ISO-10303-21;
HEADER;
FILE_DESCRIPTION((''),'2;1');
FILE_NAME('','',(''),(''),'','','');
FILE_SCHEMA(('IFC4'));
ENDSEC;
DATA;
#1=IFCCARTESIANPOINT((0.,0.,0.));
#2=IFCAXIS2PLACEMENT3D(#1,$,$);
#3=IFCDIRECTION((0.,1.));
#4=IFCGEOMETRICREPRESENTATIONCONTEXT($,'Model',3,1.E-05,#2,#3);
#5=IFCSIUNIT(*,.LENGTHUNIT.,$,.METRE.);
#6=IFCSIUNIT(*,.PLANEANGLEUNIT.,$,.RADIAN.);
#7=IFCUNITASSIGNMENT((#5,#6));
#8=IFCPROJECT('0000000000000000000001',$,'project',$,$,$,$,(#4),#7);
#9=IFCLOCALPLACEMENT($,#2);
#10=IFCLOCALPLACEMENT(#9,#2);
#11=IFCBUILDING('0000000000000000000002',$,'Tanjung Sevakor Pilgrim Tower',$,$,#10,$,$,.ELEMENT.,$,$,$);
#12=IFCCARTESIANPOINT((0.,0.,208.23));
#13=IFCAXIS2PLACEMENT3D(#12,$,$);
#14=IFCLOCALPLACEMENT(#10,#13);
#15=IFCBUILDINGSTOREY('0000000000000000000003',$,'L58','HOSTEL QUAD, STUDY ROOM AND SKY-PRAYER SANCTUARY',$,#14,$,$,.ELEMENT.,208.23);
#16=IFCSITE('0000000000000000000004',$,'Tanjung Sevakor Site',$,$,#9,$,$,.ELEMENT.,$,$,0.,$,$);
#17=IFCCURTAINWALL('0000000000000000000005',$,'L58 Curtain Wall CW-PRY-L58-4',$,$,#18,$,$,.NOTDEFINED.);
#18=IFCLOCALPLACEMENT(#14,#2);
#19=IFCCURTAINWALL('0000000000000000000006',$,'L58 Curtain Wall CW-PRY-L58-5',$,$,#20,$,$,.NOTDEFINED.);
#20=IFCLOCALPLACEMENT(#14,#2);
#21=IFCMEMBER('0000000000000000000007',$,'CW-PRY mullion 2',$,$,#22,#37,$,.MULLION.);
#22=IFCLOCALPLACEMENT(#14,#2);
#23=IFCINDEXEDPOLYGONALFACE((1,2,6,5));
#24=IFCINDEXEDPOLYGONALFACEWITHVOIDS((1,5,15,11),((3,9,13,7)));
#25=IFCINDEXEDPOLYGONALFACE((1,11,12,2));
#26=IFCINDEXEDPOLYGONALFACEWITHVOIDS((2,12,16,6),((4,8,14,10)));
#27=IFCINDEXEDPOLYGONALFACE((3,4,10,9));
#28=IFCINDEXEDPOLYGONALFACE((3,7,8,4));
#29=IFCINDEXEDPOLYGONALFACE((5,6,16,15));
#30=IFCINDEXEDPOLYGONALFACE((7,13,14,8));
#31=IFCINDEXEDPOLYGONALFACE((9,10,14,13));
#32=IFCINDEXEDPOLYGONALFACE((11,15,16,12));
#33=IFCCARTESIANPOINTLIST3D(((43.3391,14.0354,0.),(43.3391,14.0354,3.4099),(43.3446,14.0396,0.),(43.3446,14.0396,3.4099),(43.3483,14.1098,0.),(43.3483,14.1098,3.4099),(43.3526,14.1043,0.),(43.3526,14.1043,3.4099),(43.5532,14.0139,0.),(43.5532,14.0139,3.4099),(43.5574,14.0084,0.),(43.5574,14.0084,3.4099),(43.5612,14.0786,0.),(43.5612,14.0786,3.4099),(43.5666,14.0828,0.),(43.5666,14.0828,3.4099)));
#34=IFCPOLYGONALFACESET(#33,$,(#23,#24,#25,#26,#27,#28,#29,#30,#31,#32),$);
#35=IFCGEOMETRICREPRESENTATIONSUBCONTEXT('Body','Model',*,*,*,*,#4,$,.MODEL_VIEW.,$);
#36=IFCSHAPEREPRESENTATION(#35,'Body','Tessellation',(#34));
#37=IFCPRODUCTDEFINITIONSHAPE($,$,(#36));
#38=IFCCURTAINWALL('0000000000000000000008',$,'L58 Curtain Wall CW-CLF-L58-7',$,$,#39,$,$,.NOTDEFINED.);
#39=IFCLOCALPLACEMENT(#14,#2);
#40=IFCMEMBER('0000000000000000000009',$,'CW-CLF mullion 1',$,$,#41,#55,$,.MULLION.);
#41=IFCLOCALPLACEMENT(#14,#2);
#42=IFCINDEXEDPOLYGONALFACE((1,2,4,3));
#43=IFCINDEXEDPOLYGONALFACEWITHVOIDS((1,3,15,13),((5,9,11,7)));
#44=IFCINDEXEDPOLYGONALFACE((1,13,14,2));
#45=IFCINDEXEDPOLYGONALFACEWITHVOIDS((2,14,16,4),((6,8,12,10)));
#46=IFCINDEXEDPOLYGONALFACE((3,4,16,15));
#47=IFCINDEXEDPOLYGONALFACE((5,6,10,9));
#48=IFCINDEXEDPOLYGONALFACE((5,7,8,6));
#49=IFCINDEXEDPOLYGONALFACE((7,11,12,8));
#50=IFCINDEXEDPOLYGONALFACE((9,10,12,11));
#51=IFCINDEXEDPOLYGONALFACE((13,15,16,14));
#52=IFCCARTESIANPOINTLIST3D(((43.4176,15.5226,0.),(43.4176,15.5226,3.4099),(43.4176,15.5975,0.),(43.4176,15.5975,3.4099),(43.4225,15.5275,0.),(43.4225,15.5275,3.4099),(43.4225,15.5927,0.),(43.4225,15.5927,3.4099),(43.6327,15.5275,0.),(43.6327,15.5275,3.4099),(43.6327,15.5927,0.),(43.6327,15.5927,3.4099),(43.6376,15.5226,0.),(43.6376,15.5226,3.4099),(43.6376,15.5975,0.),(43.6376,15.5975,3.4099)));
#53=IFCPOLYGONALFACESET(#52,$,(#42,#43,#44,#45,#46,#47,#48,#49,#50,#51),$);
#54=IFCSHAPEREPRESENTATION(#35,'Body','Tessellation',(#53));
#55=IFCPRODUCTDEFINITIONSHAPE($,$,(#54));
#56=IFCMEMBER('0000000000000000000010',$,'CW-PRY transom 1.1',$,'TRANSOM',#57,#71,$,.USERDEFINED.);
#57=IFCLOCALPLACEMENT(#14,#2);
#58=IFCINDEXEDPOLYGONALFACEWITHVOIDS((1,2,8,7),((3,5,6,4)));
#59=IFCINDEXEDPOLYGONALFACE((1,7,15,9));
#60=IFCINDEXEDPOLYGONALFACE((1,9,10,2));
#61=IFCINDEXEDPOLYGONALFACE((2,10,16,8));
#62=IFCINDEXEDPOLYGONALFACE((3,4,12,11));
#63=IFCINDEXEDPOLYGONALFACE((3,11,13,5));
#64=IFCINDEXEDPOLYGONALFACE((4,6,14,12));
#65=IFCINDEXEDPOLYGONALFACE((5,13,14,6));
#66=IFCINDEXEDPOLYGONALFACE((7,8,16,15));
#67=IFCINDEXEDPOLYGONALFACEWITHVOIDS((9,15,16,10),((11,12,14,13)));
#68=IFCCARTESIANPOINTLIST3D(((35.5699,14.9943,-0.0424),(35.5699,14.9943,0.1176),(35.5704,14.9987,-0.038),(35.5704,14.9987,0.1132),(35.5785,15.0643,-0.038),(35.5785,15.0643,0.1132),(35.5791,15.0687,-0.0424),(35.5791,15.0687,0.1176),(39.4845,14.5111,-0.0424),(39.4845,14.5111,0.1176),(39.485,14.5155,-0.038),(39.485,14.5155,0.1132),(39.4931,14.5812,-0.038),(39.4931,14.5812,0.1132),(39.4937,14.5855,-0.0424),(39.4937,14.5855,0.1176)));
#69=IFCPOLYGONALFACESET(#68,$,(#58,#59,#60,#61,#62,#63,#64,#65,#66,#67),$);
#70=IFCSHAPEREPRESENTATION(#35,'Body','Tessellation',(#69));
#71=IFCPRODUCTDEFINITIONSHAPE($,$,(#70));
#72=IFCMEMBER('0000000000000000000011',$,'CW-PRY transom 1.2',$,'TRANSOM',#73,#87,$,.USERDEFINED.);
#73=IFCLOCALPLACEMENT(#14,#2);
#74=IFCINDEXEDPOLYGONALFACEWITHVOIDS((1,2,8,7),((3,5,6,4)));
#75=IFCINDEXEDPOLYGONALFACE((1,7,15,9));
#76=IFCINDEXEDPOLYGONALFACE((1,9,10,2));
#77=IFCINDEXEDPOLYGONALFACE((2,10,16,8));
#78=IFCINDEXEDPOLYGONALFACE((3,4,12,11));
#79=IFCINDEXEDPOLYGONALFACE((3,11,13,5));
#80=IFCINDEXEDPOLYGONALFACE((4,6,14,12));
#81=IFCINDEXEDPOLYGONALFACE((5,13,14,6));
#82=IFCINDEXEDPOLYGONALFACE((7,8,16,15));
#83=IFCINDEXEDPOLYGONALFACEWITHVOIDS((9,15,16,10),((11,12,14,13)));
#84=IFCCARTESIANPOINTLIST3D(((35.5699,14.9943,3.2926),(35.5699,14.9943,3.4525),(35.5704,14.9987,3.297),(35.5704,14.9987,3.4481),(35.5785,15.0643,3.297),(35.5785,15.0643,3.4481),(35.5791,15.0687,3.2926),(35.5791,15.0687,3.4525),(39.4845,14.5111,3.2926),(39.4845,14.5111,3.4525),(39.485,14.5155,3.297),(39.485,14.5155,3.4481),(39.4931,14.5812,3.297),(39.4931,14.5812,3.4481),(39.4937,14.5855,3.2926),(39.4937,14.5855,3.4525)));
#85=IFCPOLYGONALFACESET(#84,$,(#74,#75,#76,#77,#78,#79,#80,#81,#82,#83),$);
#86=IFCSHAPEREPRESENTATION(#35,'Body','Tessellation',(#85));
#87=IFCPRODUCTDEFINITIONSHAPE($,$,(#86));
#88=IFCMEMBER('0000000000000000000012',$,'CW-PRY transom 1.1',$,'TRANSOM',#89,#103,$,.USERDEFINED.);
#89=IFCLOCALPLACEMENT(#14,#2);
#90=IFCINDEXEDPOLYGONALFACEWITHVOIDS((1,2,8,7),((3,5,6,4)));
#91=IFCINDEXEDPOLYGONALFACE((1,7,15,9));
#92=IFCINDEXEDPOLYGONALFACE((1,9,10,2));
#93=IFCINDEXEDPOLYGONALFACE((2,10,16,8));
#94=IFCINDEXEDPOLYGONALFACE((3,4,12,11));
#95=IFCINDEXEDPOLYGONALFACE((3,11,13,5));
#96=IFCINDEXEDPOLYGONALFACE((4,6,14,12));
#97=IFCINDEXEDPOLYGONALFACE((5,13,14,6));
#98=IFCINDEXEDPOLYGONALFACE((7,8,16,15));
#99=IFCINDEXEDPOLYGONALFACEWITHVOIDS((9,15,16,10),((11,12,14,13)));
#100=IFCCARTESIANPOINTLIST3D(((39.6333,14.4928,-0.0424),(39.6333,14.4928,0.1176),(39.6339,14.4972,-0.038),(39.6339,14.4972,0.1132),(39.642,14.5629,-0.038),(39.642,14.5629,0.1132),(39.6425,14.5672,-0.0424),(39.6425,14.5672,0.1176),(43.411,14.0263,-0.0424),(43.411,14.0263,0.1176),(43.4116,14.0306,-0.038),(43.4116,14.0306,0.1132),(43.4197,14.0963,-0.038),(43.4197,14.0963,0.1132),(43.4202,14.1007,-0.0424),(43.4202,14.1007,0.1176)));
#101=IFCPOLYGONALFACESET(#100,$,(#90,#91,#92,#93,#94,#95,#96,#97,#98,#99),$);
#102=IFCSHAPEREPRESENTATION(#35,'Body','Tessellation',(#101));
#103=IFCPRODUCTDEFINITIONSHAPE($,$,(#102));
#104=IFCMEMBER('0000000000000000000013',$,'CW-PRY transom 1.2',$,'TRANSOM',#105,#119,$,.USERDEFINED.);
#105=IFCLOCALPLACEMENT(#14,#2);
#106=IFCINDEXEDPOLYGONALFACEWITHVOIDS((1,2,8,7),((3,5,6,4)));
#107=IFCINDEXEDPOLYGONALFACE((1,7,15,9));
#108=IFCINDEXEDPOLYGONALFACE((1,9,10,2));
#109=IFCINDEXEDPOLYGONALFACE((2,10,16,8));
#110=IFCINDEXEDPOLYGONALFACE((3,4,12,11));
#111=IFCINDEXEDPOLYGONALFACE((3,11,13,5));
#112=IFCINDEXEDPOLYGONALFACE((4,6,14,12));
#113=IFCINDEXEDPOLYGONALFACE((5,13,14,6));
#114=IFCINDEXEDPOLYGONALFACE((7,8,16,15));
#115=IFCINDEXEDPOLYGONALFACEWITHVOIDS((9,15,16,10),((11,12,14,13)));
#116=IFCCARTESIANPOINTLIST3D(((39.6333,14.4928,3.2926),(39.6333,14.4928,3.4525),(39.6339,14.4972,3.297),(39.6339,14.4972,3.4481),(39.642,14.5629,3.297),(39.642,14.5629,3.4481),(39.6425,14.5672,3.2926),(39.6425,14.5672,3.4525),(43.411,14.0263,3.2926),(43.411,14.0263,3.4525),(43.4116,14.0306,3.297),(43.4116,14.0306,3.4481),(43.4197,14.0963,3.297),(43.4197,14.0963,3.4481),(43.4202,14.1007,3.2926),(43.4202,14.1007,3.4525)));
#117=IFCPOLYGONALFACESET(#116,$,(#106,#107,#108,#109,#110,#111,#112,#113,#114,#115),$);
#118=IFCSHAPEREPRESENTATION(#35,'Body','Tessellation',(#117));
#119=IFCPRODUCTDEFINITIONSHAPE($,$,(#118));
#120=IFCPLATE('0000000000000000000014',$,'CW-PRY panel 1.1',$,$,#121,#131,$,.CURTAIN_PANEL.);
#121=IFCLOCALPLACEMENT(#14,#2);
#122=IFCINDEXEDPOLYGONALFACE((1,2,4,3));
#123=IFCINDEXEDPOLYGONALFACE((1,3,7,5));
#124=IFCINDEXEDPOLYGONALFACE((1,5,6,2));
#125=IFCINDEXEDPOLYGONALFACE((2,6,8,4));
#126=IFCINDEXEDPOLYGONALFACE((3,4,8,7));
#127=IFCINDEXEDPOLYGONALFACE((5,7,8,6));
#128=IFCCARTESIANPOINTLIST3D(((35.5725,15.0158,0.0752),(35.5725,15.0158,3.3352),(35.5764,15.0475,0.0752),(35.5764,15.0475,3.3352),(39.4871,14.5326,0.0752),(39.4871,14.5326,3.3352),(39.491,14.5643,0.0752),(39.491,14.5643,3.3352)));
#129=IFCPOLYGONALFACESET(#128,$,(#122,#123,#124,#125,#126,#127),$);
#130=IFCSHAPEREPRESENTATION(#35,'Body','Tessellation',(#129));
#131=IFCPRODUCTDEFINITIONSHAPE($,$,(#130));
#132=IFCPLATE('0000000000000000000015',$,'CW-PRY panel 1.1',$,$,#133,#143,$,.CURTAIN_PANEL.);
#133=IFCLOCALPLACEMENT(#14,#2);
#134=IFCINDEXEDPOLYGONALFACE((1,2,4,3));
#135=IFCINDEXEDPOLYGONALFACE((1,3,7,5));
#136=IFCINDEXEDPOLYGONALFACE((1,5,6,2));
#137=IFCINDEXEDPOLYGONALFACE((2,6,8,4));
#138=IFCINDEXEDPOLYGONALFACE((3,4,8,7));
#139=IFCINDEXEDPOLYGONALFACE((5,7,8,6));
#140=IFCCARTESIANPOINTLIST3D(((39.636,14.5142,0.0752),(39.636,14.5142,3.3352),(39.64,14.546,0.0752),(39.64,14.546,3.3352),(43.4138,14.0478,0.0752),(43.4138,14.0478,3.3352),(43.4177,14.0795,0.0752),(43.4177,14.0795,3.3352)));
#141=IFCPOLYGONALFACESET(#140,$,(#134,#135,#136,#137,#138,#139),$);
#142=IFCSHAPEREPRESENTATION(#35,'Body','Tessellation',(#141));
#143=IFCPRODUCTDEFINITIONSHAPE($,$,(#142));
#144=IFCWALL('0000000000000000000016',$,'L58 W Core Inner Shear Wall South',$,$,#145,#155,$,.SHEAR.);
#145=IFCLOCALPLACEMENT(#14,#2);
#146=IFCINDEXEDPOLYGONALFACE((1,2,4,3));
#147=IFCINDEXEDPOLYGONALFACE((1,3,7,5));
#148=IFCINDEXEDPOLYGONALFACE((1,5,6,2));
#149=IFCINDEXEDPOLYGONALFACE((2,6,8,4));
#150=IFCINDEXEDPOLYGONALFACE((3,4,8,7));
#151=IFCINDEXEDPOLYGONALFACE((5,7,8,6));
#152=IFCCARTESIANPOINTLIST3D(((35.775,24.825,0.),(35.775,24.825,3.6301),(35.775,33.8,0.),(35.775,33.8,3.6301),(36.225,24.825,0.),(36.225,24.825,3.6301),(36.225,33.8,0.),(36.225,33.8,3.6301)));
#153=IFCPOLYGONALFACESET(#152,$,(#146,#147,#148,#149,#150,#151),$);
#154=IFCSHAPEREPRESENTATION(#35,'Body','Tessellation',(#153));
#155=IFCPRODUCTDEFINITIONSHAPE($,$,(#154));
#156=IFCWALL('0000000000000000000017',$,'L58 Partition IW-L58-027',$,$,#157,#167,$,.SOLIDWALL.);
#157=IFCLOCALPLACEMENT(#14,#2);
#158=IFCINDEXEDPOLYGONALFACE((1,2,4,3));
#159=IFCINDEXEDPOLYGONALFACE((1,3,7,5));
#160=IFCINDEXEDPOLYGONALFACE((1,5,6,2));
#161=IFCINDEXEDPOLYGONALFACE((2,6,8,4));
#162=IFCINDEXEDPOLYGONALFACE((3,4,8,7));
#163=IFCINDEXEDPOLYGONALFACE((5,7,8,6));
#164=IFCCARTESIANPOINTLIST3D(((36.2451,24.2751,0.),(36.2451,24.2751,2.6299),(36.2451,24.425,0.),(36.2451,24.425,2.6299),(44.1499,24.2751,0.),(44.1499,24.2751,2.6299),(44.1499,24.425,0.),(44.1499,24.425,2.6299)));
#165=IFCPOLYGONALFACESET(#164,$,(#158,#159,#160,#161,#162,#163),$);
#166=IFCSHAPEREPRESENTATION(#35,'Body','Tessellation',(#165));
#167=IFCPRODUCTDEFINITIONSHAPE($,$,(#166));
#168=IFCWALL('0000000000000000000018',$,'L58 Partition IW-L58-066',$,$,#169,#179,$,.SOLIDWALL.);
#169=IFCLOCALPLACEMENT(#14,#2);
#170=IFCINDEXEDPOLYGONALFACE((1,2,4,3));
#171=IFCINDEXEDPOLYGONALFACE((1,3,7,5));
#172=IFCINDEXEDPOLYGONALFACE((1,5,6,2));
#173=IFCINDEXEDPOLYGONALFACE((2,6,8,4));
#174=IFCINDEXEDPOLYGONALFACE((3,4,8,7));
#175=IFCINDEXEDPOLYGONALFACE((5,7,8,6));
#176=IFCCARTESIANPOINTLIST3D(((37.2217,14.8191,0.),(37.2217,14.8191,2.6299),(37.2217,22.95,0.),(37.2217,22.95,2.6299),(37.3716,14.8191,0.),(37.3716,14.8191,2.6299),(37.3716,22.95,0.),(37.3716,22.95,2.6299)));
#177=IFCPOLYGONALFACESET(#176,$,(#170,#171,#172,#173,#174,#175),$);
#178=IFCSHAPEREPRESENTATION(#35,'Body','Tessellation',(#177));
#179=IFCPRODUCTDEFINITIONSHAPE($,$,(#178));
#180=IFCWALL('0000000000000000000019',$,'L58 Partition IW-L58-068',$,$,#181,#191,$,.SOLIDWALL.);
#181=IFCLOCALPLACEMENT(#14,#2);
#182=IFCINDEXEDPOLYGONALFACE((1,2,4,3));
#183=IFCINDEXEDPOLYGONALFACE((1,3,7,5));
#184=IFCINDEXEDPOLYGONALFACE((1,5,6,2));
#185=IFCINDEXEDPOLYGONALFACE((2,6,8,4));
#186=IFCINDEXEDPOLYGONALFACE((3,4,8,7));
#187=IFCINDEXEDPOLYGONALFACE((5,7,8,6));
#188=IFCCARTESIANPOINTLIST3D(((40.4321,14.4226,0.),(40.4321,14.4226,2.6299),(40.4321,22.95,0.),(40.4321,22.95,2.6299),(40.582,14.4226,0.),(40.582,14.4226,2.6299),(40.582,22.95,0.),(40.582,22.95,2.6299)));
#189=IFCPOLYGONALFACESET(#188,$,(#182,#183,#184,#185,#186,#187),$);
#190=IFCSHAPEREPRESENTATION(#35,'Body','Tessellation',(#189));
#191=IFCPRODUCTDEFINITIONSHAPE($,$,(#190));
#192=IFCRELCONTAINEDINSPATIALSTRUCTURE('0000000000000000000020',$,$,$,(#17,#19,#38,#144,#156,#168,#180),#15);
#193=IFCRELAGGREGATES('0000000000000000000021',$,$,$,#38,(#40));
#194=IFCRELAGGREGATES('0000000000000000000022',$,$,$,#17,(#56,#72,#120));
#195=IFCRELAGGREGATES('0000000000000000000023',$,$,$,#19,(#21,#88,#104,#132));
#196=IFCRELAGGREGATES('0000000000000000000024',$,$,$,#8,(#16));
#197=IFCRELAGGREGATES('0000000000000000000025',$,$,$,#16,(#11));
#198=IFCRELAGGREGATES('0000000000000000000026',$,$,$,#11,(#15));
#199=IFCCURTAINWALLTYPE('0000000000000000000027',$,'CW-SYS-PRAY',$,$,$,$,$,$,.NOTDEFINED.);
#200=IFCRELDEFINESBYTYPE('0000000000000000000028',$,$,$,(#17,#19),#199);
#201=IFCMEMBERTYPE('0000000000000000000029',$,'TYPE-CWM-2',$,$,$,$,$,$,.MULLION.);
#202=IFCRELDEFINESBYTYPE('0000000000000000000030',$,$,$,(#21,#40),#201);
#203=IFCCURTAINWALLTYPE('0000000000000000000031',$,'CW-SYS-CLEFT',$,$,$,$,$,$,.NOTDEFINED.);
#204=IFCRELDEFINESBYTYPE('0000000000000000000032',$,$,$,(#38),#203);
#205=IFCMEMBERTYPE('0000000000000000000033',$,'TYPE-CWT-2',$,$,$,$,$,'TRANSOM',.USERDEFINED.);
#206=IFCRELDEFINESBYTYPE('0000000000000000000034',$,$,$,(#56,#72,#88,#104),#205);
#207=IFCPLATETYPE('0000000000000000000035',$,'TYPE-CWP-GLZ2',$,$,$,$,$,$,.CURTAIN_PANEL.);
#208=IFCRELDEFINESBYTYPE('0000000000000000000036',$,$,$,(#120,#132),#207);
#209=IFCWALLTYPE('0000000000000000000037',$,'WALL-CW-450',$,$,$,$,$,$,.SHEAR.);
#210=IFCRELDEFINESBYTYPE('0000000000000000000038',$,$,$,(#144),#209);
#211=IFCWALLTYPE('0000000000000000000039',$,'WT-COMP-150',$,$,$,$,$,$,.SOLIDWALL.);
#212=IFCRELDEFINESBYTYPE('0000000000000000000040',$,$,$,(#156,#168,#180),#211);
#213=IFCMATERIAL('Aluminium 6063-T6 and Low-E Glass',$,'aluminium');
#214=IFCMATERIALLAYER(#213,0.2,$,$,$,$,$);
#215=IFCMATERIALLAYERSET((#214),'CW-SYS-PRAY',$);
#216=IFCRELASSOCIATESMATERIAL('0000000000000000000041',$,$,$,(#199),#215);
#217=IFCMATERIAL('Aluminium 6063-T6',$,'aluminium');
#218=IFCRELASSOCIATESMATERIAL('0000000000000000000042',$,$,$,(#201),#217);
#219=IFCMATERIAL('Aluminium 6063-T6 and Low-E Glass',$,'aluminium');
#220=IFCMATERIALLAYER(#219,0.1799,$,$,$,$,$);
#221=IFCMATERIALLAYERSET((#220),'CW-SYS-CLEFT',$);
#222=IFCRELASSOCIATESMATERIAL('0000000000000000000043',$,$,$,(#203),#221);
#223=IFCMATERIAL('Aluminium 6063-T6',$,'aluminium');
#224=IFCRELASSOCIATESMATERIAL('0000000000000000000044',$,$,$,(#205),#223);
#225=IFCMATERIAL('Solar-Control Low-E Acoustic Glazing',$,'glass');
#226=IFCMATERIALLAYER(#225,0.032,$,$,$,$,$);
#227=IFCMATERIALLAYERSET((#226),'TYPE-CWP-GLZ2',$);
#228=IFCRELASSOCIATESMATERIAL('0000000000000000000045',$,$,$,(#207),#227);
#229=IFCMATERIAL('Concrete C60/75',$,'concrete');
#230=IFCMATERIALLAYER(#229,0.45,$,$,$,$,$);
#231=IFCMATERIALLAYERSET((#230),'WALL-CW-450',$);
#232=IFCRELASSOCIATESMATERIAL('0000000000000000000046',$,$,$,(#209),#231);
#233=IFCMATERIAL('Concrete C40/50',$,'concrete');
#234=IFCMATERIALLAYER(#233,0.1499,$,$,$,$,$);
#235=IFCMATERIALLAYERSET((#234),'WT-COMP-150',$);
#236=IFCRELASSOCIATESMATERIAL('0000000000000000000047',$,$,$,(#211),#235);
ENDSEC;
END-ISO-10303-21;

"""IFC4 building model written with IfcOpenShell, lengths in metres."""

from ifc_helpers import new_model, si_unit, direction, frame, frame_2d, origin, origin_2d, place, context, subcontext, project, spatial, rectangle, hollow_rectangle, extrude, material, layer, layer_set, material_profile, profile_set, type_object, element, aggregate, save


model = new_model("IFC4")

# Units and contexts
model_context = context("Model", 3, precision=1e-05, world=origin(), true_north=direction((0.0, 1.0)))
body_context = subcontext(model_context, "Body", "Model", "MODEL_VIEW")
ifc_project = project(units=[si_unit("LENGTHUNIT", "METRE"), si_unit("PLANEANGLEUNIT", "RADIAN")], contexts=[model_context])

# Site, building, storey
site_placement = place(None, origin())
site = spatial("IfcSite", under=ifc_project, at=site_placement, Name="Tanjung Sevakor Site", CompositionType="ELEMENT", RefElevation=0.0)
building_placement = place(site_placement, origin())
building = spatial("IfcBuilding", under=site, at=building_placement, Name="Tanjung Sevakor Pilgrim Tower", CompositionType="ELEMENT")
storey_placement = place(building_placement, frame((0.0, 0.0, 208.23)))
storey = spatial("IfcBuildingStorey", under=building, at=storey_placement, Name="L58", Description="HOSTEL QUAD, STUDY ROOM AND SKY-PRAYER SANCTUARY", CompositionType="ELEMENT", Elevation=208.23)

# Shared definitions
ifc_material_1 = material(Name="Aluminium 6063-T6 and Low-E Glass", Category="aluminium")
ifc_layer_1 = layer(ifc_material_1, 0.2)
ifc_layer_set_1 = layer_set([ifc_layer_1], Name="CW-SYS-PRAY")
curtain_wall_type_1 = type_object("IfcCurtainWallType", Name="CW-SYS-PRAY", PredefinedType="NOTDEFINED", material=ifc_layer_set_1)
ifc_material_2 = material(Name="Aluminium 6063-T6", Category="aluminium")
ifc_material_profile_1 = material_profile(ifc_material_2, hollow_rectangle(XDim=0.075, YDim=0.22, WallThickness=0.0049, at=origin_2d()))
ifc_profile_set_1 = profile_set([ifc_material_profile_1], Name="Aluminium 6063-T6")
member_type_1 = type_object("IfcMemberType", Name="TYPE-CWM-2", PredefinedType="MULLION", material=ifc_profile_set_1)

# Curtain walls, member
curtain_wall_1_placement = place(storey_placement, origin())
curtain_wall_1 = element("IfcCurtainWall", 1, at=curtain_wall_1_placement, inside=storey, type_object=curtain_wall_type_1, Name="L58 Curtain Wall CW-PRY-L58-4", PredefinedType="NOTDEFINED")
curtain_wall_2_placement = place(storey_placement, origin())
curtain_wall_2 = element("IfcCurtainWall", 2, at=curtain_wall_2_placement, inside=storey, type_object=curtain_wall_type_1, Name="L58 Curtain Wall CW-PRY-L58-5", PredefinedType="NOTDEFINED")
member_1_placement = place(storey_placement, frame((43.4529, 14.0591, 0.0), z_axis=(0.0, 0.0, 1.0), x_axis=(0.122538, 0.992464, 0.0)))
member_1 = element("IfcMember", 3, at=member_1_placement, type_object=member_type_1, Name="CW-PRY mullion 2", PredefinedType="MULLION", context=body_context, shape_type="SweptSolid", body=[
    extrude(hollow_rectangle(XDim=0.075, YDim=0.22, WallThickness=0.0049, at=origin_2d()), origin(), (0.0, 0.0, 1.0), 3.4099),
])

# Curtain wall, member
ifc_material_3 = material(Name="Aluminium 6063-T6 and Low-E Glass", Category="aluminium")
ifc_layer_2 = layer(ifc_material_3, 0.1799)
ifc_layer_set_2 = layer_set([ifc_layer_2], Name="CW-SYS-CLEFT")
curtain_wall_type_2 = type_object("IfcCurtainWallType", Name="CW-SYS-CLEFT", PredefinedType="NOTDEFINED", material=ifc_layer_set_2)
curtain_wall_3_placement = place(storey_placement, origin())
curtain_wall_3 = element("IfcCurtainWall", 4, at=curtain_wall_3_placement, inside=storey, type_object=curtain_wall_type_2, Name="L58 Curtain Wall CW-CLF-L58-7", PredefinedType="NOTDEFINED")
member_2_placement = place(storey_placement, frame((43.5276, 15.5601, 0.0), z_axis=(0.0, 0.0, 1.0), x_axis=(0.0, 1.0, 0.0)))
member_2 = element("IfcMember", 5, at=member_2_placement, type_object=member_type_1, Name="CW-CLF mullion 1", PredefinedType="MULLION", context=body_context, shape_type="SweptSolid", body=[
    extrude(hollow_rectangle(XDim=0.075, YDim=0.22, WallThickness=0.0049, at=origin_2d()), origin(), (0.0, 0.0, 1.0), 3.4099),
])
aggregate(curtain_wall_3, [member_2])

# Members
ifc_material_4 = material(Name="Aluminium 6063-T6", Category="aluminium")
ifc_material_profile_2 = material_profile(ifc_material_4, hollow_rectangle(XDim=0.075, YDim=0.1599, WallThickness=0.0044, at=origin_2d()))
ifc_profile_set_2 = profile_set([ifc_material_profile_2], Name="Aluminium 6063-T6")
member_type_2 = type_object("IfcMemberType", Name="TYPE-CWT-2", ElementType="TRANSOM", PredefinedType="USERDEFINED", material=ifc_profile_set_2)
member_3_placement = place(storey_placement, frame((35.5745, 15.0315, 0.0376), z_axis=(0.992469, -0.122496, 0.0), x_axis=(0.122496, 0.992469, 0.0)))
member_3 = element("IfcMember", 6, at=member_3_placement, type_object=member_type_2, Name="CW-PRY transom 1.1", ObjectType="TRANSOM", PredefinedType="USERDEFINED", context=body_context, shape_type="SweptSolid", body=[
    extrude(hollow_rectangle(XDim=0.075, YDim=0.1599, WallThickness=0.0044, at=origin_2d()), origin(), (0.0, 0.0, 1.0), 3.9443),
])
member_4_placement = place(storey_placement, frame((35.5745, 15.0315, 3.3726), z_axis=(0.992469, -0.122496, 0.0), x_axis=(0.122496, 0.992469, 0.0)))
member_4 = element("IfcMember", 7, at=member_4_placement, type_object=member_type_2, Name="CW-PRY transom 1.2", ObjectType="TRANSOM", PredefinedType="USERDEFINED", context=body_context, shape_type="SweptSolid", body=[
    extrude(hollow_rectangle(XDim=0.075, YDim=0.1599, WallThickness=0.0044, at=origin_2d()), origin(), (0.0, 0.0, 1.0), 3.9443),
])
member_5_placement = place(storey_placement, frame((39.6379, 14.53, 0.0376), z_axis=(0.992459, -0.122574, 0.0), x_axis=(0.122574, 0.992459, 0.0)))
member_5 = element("IfcMember", 8, at=member_5_placement, type_object=member_type_2, Name="CW-PRY transom 1.1", ObjectType="TRANSOM", PredefinedType="USERDEFINED", context=body_context, shape_type="SweptSolid", body=[
    extrude(hollow_rectangle(XDim=0.075, YDim=0.1599, WallThickness=0.0044, at=origin_2d()), origin(), (0.0, 0.0, 1.0), 3.8064),
])
member_6_placement = place(storey_placement, frame((39.6379, 14.53, 3.3726), z_axis=(0.992459, -0.122574, 0.0), x_axis=(0.122574, 0.992459, 0.0)))
member_6 = element("IfcMember", 9, at=member_6_placement, type_object=member_type_2, Name="CW-PRY transom 1.2", ObjectType="TRANSOM", PredefinedType="USERDEFINED", context=body_context, shape_type="SweptSolid", body=[
    extrude(hollow_rectangle(XDim=0.075, YDim=0.1599, WallThickness=0.0044, at=origin_2d()), origin(), (0.0, 0.0, 1.0), 3.8064),
])

# Plates
ifc_material_5 = material(Name="Solar-Control Low-E Acoustic Glazing", Category="glass")
ifc_layer_3 = layer(ifc_material_5, 0.032)
ifc_layer_set_3 = layer_set([ifc_layer_3], Name="TYPE-CWP-GLZ2")
plate_type = type_object("IfcPlateType", Name="TYPE-CWP-GLZ2", PredefinedType="CURTAIN_PANEL", material=ifc_layer_set_3)
plate_1_placement = place(storey_placement, frame((37.5317, 14.79, 0.0752), z_axis=(0.0, 0.0, 1.0), x_axis=(0.992467, -0.122511, 0.0)))
plate_1 = element("IfcPlate", 10, at=plate_1_placement, type_object=plate_type, Name="CW-PRY panel 1.1", PredefinedType="CURTAIN_PANEL", context=body_context, shape_type="SweptSolid", body=[
    extrude(rectangle(XDim=3.9443, YDim=0.032, at=origin_2d()), origin(), (0.0, 0.0, 1.0), 3.26),
])
aggregate(curtain_wall_1, [member_3, member_4, plate_1])
plate_2_placement = place(storey_placement, frame((41.5269, 14.2969, 0.0752), z_axis=(0.0, 0.0, 1.0), x_axis=(0.992464, -0.122538, 0.0)))
plate_2 = element("IfcPlate", 11, at=plate_2_placement, type_object=plate_type, Name="CW-PRY panel 1.1", PredefinedType="CURTAIN_PANEL", context=body_context, shape_type="SweptSolid", body=[
    extrude(rectangle(XDim=3.8064, YDim=0.032, at=origin_2d()), origin(), (0.0, 0.0, 1.0), 3.26),
])
aggregate(curtain_wall_2, [member_1, member_5, member_6, plate_2])

# Walls
ifc_material_6 = material(Name="Concrete C60/75", Category="concrete")
ifc_layer_4 = layer(ifc_material_6, 0.45)
ifc_layer_set_4 = layer_set([ifc_layer_4], Name="WALL-CW-450")
wall_type_1 = type_object("IfcWallType", Name="WALL-CW-450", PredefinedType="SHEAR", material=ifc_layer_set_4)
wall_1_placement = place(storey_placement, frame((36.0, 24.825, 0.0), z_axis=(0.0, 0.0, 1.0), x_axis=(0.0, 1.0, 0.0)))
element("IfcWall", 12, at=wall_1_placement, inside=storey, type_object=wall_type_1, Name="L58 W Core Inner Shear Wall South", PredefinedType="SHEAR", context=body_context, shape_type="SweptSolid", body=[
    extrude(rectangle(XDim=8.9751, YDim=0.45, at=frame_2d((4.4875, 0.0))), origin(), (0.0, 0.0, 1.0), 3.6301),
])
ifc_material_7 = material(Name="Concrete C40/50", Category="concrete")
ifc_layer_5 = layer(ifc_material_7, 0.1499)
ifc_layer_set_5 = layer_set([ifc_layer_5], Name="WT-COMP-150")
wall_type_2 = type_object("IfcWallType", Name="WT-COMP-150", PredefinedType="SOLIDWALL", material=ifc_layer_set_5)
wall_2_placement = place(storey_placement, frame((36.2451, 24.3501, 0.0), z_axis=(0.0, 0.0, 1.0), x_axis=(1.0, 0.0, 0.0)))
element("IfcWall", 13, at=wall_2_placement, inside=storey, type_object=wall_type_2, Name="L58 Partition IW-L58-027", PredefinedType="SOLIDWALL", context=body_context, shape_type="SweptSolid", body=[
    extrude(rectangle(XDim=7.9048, YDim=0.1499, at=frame_2d((3.9524, 0.0))), origin(), (0.0, 0.0, 1.0), 2.6299),
])
wall_3_placement = place(storey_placement, frame((37.2966, 14.8191, 0.0), z_axis=(0.0, 0.0, 1.0), x_axis=(0.0, 1.0, 0.0)))
element("IfcWall", 14, at=wall_3_placement, inside=storey, type_object=wall_type_2, Name="L58 Partition IW-L58-066", PredefinedType="SOLIDWALL", context=body_context, shape_type="SweptSolid", body=[
    extrude(rectangle(XDim=8.1309, YDim=0.1499, at=frame_2d((4.0654, 0.0))), origin(), (0.0, 0.0, 1.0), 2.6299),
])

# Wall
wall_4_placement = place(storey_placement, frame((40.5071, 14.4226, 0.0), z_axis=(0.0, 0.0, 1.0), x_axis=(0.0, 1.0, 0.0)))
element("IfcWall", 15, at=wall_4_placement, inside=storey, type_object=wall_type_2, Name="L58 Partition IW-L58-068", PredefinedType="SOLIDWALL", context=body_context, shape_type="SweptSolid", body=[
    extrude(rectangle(XDim=8.5273, YDim=0.1499, at=frame_2d((4.2637, 0.0))), origin(), (0.0, 0.0, 1.0), 2.6299),
])

save(model, "model.ifc")
